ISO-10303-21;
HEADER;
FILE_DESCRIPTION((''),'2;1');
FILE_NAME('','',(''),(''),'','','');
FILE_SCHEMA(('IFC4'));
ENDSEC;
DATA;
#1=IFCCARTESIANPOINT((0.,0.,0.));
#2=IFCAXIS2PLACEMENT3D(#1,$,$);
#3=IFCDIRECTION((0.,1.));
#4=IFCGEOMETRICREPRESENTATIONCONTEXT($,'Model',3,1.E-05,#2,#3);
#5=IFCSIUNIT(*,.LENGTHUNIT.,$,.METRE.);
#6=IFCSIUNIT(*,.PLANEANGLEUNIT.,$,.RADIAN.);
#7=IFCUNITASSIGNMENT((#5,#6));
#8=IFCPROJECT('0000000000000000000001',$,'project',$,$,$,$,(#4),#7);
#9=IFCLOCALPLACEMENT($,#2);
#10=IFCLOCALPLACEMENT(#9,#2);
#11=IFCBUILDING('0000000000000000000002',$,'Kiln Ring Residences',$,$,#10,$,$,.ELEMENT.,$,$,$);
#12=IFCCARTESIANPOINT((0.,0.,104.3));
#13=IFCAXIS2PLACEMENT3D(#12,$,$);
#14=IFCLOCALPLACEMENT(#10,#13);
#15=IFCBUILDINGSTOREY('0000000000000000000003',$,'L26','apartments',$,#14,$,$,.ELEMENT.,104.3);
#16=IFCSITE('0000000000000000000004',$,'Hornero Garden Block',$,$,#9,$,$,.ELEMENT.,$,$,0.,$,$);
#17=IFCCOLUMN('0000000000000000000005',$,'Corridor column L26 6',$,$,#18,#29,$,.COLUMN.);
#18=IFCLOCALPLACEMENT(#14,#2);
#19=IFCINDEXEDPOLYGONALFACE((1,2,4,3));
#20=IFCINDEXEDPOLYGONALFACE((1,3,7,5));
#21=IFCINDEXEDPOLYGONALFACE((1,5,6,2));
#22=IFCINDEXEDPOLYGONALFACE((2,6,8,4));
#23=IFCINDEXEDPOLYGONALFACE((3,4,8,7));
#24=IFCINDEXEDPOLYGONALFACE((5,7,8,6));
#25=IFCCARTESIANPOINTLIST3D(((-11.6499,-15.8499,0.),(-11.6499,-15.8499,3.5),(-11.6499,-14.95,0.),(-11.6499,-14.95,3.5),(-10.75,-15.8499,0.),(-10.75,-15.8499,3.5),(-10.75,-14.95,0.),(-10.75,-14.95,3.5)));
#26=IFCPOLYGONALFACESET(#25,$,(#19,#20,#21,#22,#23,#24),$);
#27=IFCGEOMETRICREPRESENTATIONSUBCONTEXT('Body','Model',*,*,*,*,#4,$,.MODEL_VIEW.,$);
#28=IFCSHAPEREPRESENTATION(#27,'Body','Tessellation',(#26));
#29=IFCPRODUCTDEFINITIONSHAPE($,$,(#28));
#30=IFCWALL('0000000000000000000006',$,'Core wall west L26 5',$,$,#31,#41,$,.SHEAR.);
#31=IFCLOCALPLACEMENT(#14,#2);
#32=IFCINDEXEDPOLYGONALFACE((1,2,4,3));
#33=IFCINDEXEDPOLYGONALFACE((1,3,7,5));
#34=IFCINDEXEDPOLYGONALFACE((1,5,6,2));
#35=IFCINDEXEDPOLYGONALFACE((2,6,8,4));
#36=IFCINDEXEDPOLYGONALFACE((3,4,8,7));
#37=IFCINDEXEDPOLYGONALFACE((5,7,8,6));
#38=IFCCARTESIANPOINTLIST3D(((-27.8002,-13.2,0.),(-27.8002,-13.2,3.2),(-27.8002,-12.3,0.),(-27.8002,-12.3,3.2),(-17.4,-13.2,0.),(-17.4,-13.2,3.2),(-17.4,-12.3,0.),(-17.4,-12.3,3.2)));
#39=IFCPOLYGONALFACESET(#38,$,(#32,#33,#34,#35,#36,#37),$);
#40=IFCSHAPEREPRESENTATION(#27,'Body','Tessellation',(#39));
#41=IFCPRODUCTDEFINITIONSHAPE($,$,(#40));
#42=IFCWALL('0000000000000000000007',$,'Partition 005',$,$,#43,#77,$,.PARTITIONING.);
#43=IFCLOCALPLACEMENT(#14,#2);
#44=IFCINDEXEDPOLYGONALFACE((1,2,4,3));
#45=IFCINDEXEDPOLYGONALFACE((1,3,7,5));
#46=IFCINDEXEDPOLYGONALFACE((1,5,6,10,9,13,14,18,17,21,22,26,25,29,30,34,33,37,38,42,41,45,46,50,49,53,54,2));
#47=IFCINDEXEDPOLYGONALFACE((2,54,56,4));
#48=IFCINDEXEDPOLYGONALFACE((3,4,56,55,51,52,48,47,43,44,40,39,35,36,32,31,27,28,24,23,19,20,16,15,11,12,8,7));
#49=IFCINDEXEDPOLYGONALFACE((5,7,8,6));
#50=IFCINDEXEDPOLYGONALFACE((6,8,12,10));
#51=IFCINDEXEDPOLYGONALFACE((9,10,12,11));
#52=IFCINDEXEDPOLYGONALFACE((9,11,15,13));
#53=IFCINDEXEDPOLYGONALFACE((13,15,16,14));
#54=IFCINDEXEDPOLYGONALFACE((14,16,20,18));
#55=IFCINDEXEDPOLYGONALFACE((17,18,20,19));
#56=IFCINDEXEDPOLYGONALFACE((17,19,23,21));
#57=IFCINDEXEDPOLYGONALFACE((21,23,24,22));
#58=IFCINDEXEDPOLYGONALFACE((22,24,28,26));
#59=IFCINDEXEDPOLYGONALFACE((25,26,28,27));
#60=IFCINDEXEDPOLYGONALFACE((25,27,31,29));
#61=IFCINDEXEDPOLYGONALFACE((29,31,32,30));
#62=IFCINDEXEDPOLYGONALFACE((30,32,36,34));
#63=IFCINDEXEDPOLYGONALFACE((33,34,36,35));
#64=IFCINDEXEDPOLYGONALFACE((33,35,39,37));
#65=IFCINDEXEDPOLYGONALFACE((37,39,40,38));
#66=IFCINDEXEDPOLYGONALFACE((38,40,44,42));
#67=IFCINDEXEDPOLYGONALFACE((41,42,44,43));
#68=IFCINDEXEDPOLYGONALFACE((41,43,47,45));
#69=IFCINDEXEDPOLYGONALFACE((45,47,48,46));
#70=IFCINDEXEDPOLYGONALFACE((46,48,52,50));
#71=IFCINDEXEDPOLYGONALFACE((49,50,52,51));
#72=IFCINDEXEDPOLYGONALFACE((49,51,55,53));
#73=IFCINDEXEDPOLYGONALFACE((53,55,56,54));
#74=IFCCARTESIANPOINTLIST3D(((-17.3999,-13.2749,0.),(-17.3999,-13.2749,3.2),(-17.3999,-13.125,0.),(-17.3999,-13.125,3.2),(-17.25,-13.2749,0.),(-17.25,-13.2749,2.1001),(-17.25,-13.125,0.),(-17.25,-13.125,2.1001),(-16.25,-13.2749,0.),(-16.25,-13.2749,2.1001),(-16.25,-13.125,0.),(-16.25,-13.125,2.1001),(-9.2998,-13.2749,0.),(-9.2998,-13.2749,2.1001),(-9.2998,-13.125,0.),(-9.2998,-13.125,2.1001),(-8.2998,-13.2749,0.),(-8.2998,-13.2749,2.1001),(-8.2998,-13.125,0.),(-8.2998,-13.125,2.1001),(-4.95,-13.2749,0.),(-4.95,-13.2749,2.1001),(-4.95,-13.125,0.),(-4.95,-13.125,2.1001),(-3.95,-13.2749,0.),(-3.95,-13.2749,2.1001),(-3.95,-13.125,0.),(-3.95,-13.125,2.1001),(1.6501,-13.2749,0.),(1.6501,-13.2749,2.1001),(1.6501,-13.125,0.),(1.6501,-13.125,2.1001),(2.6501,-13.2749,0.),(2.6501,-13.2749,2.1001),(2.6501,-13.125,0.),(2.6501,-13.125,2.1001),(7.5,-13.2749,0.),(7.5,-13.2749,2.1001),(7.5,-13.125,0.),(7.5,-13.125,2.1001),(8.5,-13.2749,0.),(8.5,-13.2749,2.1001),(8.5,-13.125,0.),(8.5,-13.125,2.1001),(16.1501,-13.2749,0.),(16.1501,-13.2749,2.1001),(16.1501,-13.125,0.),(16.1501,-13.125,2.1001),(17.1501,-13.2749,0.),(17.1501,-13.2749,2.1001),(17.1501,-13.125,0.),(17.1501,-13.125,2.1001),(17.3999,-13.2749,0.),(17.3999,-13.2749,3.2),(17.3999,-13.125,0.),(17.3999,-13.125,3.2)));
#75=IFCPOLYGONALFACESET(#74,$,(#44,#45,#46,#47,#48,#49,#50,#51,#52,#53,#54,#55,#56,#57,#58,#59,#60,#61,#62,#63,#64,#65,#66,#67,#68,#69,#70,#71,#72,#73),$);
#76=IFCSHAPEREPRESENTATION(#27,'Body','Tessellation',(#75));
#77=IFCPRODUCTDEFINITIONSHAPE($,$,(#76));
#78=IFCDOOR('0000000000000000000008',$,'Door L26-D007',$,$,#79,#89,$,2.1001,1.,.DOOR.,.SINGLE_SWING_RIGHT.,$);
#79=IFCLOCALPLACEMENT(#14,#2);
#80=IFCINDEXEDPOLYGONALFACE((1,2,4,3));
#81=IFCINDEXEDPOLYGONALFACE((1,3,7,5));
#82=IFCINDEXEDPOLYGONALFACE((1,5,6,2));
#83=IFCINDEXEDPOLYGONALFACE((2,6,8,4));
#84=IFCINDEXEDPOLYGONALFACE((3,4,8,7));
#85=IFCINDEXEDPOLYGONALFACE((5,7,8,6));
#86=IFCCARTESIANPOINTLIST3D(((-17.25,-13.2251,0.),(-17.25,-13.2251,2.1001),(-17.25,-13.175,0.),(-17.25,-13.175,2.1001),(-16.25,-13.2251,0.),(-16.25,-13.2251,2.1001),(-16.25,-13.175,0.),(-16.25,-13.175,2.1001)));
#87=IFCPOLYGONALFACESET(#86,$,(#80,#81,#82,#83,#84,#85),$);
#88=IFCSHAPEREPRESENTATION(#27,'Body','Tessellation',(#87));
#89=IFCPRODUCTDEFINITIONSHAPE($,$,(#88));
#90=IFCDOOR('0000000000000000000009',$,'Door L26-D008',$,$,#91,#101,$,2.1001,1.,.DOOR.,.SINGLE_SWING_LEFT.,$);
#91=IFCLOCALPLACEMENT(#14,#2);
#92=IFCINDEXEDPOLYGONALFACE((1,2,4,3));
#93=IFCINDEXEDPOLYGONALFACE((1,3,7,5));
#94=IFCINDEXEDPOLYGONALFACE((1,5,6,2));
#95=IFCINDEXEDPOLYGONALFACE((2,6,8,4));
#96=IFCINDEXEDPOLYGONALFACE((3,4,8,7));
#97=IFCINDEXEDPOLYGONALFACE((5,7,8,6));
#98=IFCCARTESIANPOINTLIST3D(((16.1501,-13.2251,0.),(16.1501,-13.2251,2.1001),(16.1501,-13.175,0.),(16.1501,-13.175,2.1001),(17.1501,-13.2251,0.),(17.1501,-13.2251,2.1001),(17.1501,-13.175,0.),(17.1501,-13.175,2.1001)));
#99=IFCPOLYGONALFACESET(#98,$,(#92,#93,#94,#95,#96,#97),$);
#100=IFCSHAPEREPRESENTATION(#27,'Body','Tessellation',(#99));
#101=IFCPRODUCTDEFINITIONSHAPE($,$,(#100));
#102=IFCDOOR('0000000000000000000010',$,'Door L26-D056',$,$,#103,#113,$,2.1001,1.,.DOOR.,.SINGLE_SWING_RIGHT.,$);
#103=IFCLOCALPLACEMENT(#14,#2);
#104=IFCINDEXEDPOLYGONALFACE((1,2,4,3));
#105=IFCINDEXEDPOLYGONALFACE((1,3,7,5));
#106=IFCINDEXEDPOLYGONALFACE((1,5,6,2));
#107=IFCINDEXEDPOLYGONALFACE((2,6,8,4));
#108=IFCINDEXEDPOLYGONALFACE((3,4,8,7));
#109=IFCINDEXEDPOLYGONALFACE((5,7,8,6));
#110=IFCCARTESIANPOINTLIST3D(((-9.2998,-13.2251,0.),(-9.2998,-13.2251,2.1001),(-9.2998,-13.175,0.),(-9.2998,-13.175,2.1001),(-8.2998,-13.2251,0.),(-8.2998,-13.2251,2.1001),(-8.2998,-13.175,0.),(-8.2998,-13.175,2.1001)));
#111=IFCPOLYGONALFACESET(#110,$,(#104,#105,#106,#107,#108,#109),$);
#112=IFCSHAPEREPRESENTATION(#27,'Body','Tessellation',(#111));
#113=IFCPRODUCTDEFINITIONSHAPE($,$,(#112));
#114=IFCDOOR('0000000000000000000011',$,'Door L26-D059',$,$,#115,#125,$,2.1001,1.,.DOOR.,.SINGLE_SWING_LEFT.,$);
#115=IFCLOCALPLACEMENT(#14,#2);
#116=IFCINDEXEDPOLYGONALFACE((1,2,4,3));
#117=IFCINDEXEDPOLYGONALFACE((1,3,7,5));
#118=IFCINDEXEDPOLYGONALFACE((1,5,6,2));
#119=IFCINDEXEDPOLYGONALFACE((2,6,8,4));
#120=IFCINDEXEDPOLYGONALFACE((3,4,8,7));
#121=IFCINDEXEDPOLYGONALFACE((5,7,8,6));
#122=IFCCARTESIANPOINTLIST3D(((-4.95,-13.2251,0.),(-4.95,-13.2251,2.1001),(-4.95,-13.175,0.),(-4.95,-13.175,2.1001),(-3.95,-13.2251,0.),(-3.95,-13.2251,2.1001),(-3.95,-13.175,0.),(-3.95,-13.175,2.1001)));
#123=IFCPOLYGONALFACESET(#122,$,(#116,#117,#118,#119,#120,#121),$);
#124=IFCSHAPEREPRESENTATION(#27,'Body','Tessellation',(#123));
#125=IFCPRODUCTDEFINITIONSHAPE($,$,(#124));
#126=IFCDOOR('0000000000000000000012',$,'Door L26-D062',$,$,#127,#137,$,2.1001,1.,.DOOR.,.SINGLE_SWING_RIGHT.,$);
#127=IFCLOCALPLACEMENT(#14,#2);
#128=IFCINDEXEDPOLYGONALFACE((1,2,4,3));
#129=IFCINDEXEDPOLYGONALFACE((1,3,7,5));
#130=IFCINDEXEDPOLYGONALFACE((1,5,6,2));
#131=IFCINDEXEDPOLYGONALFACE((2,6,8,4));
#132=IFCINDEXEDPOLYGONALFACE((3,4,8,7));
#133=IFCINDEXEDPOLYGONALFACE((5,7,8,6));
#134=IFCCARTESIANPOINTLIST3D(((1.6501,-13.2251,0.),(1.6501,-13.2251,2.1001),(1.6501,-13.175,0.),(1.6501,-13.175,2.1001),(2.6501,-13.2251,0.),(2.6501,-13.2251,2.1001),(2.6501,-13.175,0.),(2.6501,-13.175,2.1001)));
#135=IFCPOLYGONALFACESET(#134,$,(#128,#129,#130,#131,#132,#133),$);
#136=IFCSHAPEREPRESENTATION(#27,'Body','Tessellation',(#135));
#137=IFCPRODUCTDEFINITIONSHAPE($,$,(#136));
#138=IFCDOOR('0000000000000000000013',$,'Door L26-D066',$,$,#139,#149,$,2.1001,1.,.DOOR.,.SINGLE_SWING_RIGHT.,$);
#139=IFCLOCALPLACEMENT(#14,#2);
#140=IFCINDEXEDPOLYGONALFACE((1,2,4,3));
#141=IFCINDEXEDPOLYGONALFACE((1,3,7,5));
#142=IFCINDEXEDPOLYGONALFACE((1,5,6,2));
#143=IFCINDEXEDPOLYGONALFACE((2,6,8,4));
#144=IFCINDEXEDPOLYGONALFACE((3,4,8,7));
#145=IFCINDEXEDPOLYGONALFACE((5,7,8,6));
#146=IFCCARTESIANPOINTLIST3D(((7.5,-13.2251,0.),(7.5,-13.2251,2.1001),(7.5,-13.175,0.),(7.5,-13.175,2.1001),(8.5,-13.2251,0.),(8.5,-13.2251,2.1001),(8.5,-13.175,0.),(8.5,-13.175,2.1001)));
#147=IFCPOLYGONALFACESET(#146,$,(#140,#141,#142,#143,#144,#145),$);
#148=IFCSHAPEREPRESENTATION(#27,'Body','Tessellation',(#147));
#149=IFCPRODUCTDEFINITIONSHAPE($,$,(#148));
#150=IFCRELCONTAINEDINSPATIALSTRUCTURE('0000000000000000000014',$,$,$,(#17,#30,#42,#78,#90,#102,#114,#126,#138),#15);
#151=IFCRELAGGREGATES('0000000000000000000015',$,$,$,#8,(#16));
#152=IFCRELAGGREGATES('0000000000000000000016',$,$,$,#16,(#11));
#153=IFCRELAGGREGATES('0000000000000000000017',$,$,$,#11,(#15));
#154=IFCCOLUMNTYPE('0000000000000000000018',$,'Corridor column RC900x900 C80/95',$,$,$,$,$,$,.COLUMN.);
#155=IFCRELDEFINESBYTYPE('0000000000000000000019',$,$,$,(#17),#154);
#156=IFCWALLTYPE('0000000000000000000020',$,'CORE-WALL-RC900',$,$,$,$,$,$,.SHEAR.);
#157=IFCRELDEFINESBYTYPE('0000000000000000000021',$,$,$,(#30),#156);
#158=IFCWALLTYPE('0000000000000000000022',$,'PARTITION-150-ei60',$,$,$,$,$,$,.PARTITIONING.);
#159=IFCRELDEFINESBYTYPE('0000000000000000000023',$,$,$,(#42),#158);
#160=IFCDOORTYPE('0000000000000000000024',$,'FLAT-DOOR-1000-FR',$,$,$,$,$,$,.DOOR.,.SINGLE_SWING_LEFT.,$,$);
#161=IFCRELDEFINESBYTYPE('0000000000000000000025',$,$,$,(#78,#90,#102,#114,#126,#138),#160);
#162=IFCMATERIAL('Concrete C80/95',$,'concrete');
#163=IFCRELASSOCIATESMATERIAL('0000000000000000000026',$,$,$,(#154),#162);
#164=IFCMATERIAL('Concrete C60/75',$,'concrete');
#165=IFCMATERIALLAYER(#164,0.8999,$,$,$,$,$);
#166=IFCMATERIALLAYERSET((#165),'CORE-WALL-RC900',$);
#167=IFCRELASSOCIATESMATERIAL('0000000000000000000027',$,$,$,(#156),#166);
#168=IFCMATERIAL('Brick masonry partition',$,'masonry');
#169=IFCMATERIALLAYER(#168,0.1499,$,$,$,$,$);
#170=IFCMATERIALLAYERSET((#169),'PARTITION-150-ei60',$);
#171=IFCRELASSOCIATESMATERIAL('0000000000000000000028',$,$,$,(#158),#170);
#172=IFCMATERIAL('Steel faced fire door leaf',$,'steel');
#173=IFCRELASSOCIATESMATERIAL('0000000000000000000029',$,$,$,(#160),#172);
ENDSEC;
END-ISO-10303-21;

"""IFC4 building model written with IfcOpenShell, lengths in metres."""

from ifc_helpers import new_model, si_unit, direction, frame, frame_2d, origin, origin_2d, place, context, subcontext, project, spatial, rectangle, extrude, material, layer, layer_set, material_profile, profile_set, type_object, element, fill, save


model = new_model("IFC4")

# Units and contexts
model_context = context("Model", 3, precision=1e-05, world=origin(), true_north=direction((0.0, 1.0)))
body_context = subcontext(model_context, "Body", "Model", "MODEL_VIEW")
ifc_project = project(units=[si_unit("LENGTHUNIT", "METRE"), si_unit("PLANEANGLEUNIT", "RADIAN")], contexts=[model_context])

# Site, building, storey
site_placement = place(None, origin())
site = spatial("IfcSite", under=ifc_project, at=site_placement, Name="Hornero Garden Block", CompositionType="ELEMENT", RefElevation=0.0)
building_placement = place(site_placement, origin())
building = spatial("IfcBuilding", under=site, at=building_placement, Name="Kiln Ring Residences", CompositionType="ELEMENT")
storey_placement = place(building_placement, frame((0.0, 0.0, 104.3)))
storey = spatial("IfcBuildingStorey", under=building, at=storey_placement, Name="L26", Description="apartments", CompositionType="ELEMENT", Elevation=104.3)

# Column
ifc_material_1 = material(Name="Concrete C80/95", Category="concrete")
ifc_material_profile = material_profile(ifc_material_1, rectangle(XDim=0.8999, YDim=0.8999, at=origin_2d()), Name="RC900x900")
ifc_profile_set = profile_set([ifc_material_profile], Name="Concrete C80/95")
column_type = type_object("IfcColumnType", Name="Corridor column RC900x900 C80/95", PredefinedType="COLUMN", material=ifc_profile_set)
column_placement = place(storey_placement, frame((-11.2, -15.3999, 0.0), z_axis=(0.0, 0.0, 1.0), x_axis=(1.0, 0.0, 0.0)))
element("IfcColumn", 1, at=column_placement, inside=storey, type_object=column_type, Name="Corridor column L26 6", PredefinedType="COLUMN", context=body_context, shape_type="SweptSolid", body=[
    extrude(rectangle(XDim=0.8999, YDim=0.8999, at=origin_2d()), origin(), (0.0, 0.0, 1.0), 3.5),
])

# Wall
ifc_material_2 = material(Name="Concrete C60/75", Category="concrete")
ifc_layer_1 = layer(ifc_material_2, 0.8999)
ifc_layer_set_1 = layer_set([ifc_layer_1], Name="CORE-WALL-RC900")
wall_type_1 = type_object("IfcWallType", Name="CORE-WALL-RC900", PredefinedType="SHEAR", material=ifc_layer_set_1)
wall_1_placement = place(storey_placement, frame((-17.3999, -12.75, 0.0), z_axis=(0.0, 0.0, 1.0), x_axis=(-1.0, 0.0, 0.0)))
element("IfcWall", 2, at=wall_1_placement, inside=storey, type_object=wall_type_1, Name="Core wall west L26 5", PredefinedType="SHEAR", context=body_context, shape_type="SweptSolid", body=[
    extrude(rectangle(XDim=10.4001, YDim=0.8999, at=frame_2d((5.2002, 0.0))), origin(), (0.0, 0.0, 1.0), 3.2),
])

# Wall, openings, doors
ifc_material_3 = material(Name="Brick masonry partition", Category="masonry")
ifc_layer_2 = layer(ifc_material_3, 0.1499)
ifc_layer_set_2 = layer_set([ifc_layer_2], Name="PARTITION-150-ei60")
wall_type_2 = type_object("IfcWallType", Name="PARTITION-150-ei60", PredefinedType="PARTITIONING", material=ifc_layer_set_2)
wall_2_placement = place(storey_placement, frame((-17.3999, -13.2, 0.0), z_axis=(0.0, 0.0, 1.0), x_axis=(1.0, 0.0, 0.0)))
wall_2 = element("IfcWall", 3, at=wall_2_placement, inside=storey, type_object=wall_type_2, Name="Partition 005", PredefinedType="PARTITIONING", context=body_context, shape_type="SweptSolid", body=[
    extrude(rectangle(XDim=34.7998, YDim=0.1499, at=frame_2d((17.3999, 0.0))), origin(), (0.0, 0.0, 1.0), 3.2),
])
opening_1_placement = place(wall_2_placement, frame((0.1499, 0.0, 0.0)))
opening_1 = element("IfcOpeningElement", 4, at=opening_1_placement, cuts=wall_2, PredefinedType="OPENING", context=body_context, shape_type="SweptSolid", body=[
    extrude(rectangle(XDim=1.0, YDim=2.1001, at=frame_2d((0.5, 1.05))), frame((0.0, 0.085, 0.0), z_axis=(0.0, -1.0, 0.0), x_axis=(1.0, 0.0, 0.0)), (0.0, 0.0, 1.0), 0.1699),
])
opening_2_placement = place(wall_2_placement, frame((33.55, 0.0, 0.0)))
opening_2 = element("IfcOpeningElement", 5, at=opening_2_placement, cuts=wall_2, PredefinedType="OPENING", context=body_context, shape_type="SweptSolid", body=[
    extrude(rectangle(XDim=1.0, YDim=2.1001, at=frame_2d((0.5, 1.05))), frame((0.0, 0.085, 0.0), z_axis=(0.0, -1.0, 0.0), x_axis=(1.0, 0.0, 0.0)), (0.0, 0.0, 1.0), 0.1699),
])
opening_3_placement = place(wall_2_placement, frame((8.1001, 0.0, 0.0)))
opening_3 = element("IfcOpeningElement", 6, at=opening_3_placement, cuts=wall_2, PredefinedType="OPENING", context=body_context, shape_type="SweptSolid", body=[
    extrude(rectangle(XDim=1.0, YDim=2.1001, at=frame_2d((0.5, 1.05))), frame((0.0, 0.085, 0.0), z_axis=(0.0, -1.0, 0.0), x_axis=(1.0, 0.0, 0.0)), (0.0, 0.0, 1.0), 0.1699),
])
opening_4_placement = place(wall_2_placement, frame((12.45, 0.0, 0.0)))
opening_4 = element("IfcOpeningElement", 7, at=opening_4_placement, cuts=wall_2, PredefinedType="OPENING", context=body_context, shape_type="SweptSolid", body=[
    extrude(rectangle(XDim=1.0, YDim=2.1001, at=frame_2d((0.5, 1.05))), frame((0.0, 0.085, 0.0), z_axis=(0.0, -1.0, 0.0), x_axis=(1.0, 0.0, 0.0)), (0.0, 0.0, 1.0), 0.1699),
])
opening_5_placement = place(wall_2_placement, frame((19.05, 0.0, 0.0)))
opening_5 = element("IfcOpeningElement", 8, at=opening_5_placement, cuts=wall_2, PredefinedType="OPENING", context=body_context, shape_type="SweptSolid", body=[
    extrude(rectangle(XDim=1.0, YDim=2.1001, at=frame_2d((0.5, 1.05))), frame((0.0, 0.085, 0.0), z_axis=(0.0, -1.0, 0.0), x_axis=(1.0, 0.0, 0.0)), (0.0, 0.0, 1.0), 0.1699),
])
opening_6_placement = place(wall_2_placement, frame((24.8999, 0.0, 0.0)))
opening_6 = element("IfcOpeningElement", 9, at=opening_6_placement, cuts=wall_2, PredefinedType="OPENING", context=body_context, shape_type="SweptSolid", body=[
    extrude(rectangle(XDim=1.0, YDim=2.1001, at=frame_2d((0.5, 1.05))), frame((0.0, 0.085, 0.0), z_axis=(0.0, -1.0, 0.0), x_axis=(1.0, 0.0, 0.0)), (0.0, 0.0, 1.0), 0.1699),
])
ifc_material_4 = material(Name="Steel faced fire door leaf", Category="steel")
door_type = type_object("IfcDoorType", Name="FLAT-DOOR-1000-FR", OperationType="SINGLE_SWING_LEFT", PredefinedType="DOOR", material=ifc_material_4)
door_1_placement = place(opening_1_placement, origin())
door_1 = element("IfcDoor", 10, at=door_1_placement, inside=storey, type_object=door_type, Name="Door L26-D007", OperationType="SINGLE_SWING_RIGHT", OverallHeight=2.1001, OverallWidth=1.0, PredefinedType="DOOR", context=body_context, shape_type="SweptSolid", body=[
    extrude(rectangle(XDim=1.0, YDim=2.1001, at=frame_2d((0.5, 1.05))), frame((0.0, 0.0249, 0.0), z_axis=(0.0, -1.0, 0.0), x_axis=(1.0, 0.0, 0.0)), (0.0, 0.0, 1.0), 0.05),
])
fill(opening_1, door_1)
door_2_placement = place(opening_2_placement, origin())
door_2 = element("IfcDoor", 11, at=door_2_placement, inside=storey, type_object=door_type, Name="Door L26-D008", OperationType="SINGLE_SWING_LEFT", OverallHeight=2.1001, OverallWidth=1.0, PredefinedType="DOOR", context=body_context, shape_type="SweptSolid", body=[
    extrude(rectangle(XDim=1.0, YDim=2.1001, at=frame_2d((0.5, 1.05))), frame((0.0, 0.0249, 0.0), z_axis=(0.0, -1.0, 0.0), x_axis=(1.0, 0.0, 0.0)), (0.0, 0.0, 1.0), 0.05),
])
fill(opening_2, door_2)
door_3_placement = place(opening_3_placement, origin())
door_3 = element("IfcDoor", 12, at=door_3_placement, inside=storey, type_object=door_type, Name="Door L26-D056", OperationType="SINGLE_SWING_RIGHT", OverallHeight=2.1001, OverallWidth=1.0, PredefinedType="DOOR", context=body_context, shape_type="SweptSolid", body=[
    extrude(rectangle(XDim=1.0, YDim=2.1001, at=frame_2d((0.5, 1.05))), frame((0.0, 0.0249, 0.0), z_axis=(0.0, -1.0, 0.0), x_axis=(1.0, 0.0, 0.0)), (0.0, 0.0, 1.0), 0.05),
])
fill(opening_3, door_3)
door_4_placement = place(opening_4_placement, origin())
door_4 = element("IfcDoor", 13, at=door_4_placement, inside=storey, type_object=door_type, Name="Door L26-D059", OperationType="SINGLE_SWING_LEFT", OverallHeight=2.1001, OverallWidth=1.0, PredefinedType="DOOR", context=body_context, shape_type="SweptSolid", body=[
    extrude(rectangle(XDim=1.0, YDim=2.1001, at=frame_2d((0.5, 1.05))), frame((0.0, 0.0249, 0.0), z_axis=(0.0, -1.0, 0.0), x_axis=(1.0, 0.0, 0.0)), (0.0, 0.0, 1.0), 0.05),
])
fill(opening_4, door_4)
door_5_placement = place(opening_5_placement, origin())
door_5 = element("IfcDoor", 14, at=door_5_placement, inside=storey, type_object=door_type, Name="Door L26-D062", OperationType="SINGLE_SWING_RIGHT", OverallHeight=2.1001, OverallWidth=1.0, PredefinedType="DOOR", context=body_context, shape_type="SweptSolid", body=[
    extrude(rectangle(XDim=1.0, YDim=2.1001, at=frame_2d((0.5, 1.05))), frame((0.0, 0.0249, 0.0), z_axis=(0.0, -1.0, 0.0), x_axis=(1.0, 0.0, 0.0)), (0.0, 0.0, 1.0), 0.05),
])
fill(opening_5, door_5)
door_6_placement = place(opening_6_placement, origin())
door_6 = element("IfcDoor", 15, at=door_6_placement, inside=storey, type_object=door_type, Name="Door L26-D066", OperationType="SINGLE_SWING_RIGHT", OverallHeight=2.1001, OverallWidth=1.0, PredefinedType="DOOR", context=body_context, shape_type="SweptSolid", body=[
    extrude(rectangle(XDim=1.0, YDim=2.1001, at=frame_2d((0.5, 1.05))), frame((0.0, 0.0249, 0.0), z_axis=(0.0, -1.0, 0.0), x_axis=(1.0, 0.0, 0.0)), (0.0, 0.0, 1.0), 0.05),
])
fill(opening_6, door_6)

save(model, "model.ifc")
